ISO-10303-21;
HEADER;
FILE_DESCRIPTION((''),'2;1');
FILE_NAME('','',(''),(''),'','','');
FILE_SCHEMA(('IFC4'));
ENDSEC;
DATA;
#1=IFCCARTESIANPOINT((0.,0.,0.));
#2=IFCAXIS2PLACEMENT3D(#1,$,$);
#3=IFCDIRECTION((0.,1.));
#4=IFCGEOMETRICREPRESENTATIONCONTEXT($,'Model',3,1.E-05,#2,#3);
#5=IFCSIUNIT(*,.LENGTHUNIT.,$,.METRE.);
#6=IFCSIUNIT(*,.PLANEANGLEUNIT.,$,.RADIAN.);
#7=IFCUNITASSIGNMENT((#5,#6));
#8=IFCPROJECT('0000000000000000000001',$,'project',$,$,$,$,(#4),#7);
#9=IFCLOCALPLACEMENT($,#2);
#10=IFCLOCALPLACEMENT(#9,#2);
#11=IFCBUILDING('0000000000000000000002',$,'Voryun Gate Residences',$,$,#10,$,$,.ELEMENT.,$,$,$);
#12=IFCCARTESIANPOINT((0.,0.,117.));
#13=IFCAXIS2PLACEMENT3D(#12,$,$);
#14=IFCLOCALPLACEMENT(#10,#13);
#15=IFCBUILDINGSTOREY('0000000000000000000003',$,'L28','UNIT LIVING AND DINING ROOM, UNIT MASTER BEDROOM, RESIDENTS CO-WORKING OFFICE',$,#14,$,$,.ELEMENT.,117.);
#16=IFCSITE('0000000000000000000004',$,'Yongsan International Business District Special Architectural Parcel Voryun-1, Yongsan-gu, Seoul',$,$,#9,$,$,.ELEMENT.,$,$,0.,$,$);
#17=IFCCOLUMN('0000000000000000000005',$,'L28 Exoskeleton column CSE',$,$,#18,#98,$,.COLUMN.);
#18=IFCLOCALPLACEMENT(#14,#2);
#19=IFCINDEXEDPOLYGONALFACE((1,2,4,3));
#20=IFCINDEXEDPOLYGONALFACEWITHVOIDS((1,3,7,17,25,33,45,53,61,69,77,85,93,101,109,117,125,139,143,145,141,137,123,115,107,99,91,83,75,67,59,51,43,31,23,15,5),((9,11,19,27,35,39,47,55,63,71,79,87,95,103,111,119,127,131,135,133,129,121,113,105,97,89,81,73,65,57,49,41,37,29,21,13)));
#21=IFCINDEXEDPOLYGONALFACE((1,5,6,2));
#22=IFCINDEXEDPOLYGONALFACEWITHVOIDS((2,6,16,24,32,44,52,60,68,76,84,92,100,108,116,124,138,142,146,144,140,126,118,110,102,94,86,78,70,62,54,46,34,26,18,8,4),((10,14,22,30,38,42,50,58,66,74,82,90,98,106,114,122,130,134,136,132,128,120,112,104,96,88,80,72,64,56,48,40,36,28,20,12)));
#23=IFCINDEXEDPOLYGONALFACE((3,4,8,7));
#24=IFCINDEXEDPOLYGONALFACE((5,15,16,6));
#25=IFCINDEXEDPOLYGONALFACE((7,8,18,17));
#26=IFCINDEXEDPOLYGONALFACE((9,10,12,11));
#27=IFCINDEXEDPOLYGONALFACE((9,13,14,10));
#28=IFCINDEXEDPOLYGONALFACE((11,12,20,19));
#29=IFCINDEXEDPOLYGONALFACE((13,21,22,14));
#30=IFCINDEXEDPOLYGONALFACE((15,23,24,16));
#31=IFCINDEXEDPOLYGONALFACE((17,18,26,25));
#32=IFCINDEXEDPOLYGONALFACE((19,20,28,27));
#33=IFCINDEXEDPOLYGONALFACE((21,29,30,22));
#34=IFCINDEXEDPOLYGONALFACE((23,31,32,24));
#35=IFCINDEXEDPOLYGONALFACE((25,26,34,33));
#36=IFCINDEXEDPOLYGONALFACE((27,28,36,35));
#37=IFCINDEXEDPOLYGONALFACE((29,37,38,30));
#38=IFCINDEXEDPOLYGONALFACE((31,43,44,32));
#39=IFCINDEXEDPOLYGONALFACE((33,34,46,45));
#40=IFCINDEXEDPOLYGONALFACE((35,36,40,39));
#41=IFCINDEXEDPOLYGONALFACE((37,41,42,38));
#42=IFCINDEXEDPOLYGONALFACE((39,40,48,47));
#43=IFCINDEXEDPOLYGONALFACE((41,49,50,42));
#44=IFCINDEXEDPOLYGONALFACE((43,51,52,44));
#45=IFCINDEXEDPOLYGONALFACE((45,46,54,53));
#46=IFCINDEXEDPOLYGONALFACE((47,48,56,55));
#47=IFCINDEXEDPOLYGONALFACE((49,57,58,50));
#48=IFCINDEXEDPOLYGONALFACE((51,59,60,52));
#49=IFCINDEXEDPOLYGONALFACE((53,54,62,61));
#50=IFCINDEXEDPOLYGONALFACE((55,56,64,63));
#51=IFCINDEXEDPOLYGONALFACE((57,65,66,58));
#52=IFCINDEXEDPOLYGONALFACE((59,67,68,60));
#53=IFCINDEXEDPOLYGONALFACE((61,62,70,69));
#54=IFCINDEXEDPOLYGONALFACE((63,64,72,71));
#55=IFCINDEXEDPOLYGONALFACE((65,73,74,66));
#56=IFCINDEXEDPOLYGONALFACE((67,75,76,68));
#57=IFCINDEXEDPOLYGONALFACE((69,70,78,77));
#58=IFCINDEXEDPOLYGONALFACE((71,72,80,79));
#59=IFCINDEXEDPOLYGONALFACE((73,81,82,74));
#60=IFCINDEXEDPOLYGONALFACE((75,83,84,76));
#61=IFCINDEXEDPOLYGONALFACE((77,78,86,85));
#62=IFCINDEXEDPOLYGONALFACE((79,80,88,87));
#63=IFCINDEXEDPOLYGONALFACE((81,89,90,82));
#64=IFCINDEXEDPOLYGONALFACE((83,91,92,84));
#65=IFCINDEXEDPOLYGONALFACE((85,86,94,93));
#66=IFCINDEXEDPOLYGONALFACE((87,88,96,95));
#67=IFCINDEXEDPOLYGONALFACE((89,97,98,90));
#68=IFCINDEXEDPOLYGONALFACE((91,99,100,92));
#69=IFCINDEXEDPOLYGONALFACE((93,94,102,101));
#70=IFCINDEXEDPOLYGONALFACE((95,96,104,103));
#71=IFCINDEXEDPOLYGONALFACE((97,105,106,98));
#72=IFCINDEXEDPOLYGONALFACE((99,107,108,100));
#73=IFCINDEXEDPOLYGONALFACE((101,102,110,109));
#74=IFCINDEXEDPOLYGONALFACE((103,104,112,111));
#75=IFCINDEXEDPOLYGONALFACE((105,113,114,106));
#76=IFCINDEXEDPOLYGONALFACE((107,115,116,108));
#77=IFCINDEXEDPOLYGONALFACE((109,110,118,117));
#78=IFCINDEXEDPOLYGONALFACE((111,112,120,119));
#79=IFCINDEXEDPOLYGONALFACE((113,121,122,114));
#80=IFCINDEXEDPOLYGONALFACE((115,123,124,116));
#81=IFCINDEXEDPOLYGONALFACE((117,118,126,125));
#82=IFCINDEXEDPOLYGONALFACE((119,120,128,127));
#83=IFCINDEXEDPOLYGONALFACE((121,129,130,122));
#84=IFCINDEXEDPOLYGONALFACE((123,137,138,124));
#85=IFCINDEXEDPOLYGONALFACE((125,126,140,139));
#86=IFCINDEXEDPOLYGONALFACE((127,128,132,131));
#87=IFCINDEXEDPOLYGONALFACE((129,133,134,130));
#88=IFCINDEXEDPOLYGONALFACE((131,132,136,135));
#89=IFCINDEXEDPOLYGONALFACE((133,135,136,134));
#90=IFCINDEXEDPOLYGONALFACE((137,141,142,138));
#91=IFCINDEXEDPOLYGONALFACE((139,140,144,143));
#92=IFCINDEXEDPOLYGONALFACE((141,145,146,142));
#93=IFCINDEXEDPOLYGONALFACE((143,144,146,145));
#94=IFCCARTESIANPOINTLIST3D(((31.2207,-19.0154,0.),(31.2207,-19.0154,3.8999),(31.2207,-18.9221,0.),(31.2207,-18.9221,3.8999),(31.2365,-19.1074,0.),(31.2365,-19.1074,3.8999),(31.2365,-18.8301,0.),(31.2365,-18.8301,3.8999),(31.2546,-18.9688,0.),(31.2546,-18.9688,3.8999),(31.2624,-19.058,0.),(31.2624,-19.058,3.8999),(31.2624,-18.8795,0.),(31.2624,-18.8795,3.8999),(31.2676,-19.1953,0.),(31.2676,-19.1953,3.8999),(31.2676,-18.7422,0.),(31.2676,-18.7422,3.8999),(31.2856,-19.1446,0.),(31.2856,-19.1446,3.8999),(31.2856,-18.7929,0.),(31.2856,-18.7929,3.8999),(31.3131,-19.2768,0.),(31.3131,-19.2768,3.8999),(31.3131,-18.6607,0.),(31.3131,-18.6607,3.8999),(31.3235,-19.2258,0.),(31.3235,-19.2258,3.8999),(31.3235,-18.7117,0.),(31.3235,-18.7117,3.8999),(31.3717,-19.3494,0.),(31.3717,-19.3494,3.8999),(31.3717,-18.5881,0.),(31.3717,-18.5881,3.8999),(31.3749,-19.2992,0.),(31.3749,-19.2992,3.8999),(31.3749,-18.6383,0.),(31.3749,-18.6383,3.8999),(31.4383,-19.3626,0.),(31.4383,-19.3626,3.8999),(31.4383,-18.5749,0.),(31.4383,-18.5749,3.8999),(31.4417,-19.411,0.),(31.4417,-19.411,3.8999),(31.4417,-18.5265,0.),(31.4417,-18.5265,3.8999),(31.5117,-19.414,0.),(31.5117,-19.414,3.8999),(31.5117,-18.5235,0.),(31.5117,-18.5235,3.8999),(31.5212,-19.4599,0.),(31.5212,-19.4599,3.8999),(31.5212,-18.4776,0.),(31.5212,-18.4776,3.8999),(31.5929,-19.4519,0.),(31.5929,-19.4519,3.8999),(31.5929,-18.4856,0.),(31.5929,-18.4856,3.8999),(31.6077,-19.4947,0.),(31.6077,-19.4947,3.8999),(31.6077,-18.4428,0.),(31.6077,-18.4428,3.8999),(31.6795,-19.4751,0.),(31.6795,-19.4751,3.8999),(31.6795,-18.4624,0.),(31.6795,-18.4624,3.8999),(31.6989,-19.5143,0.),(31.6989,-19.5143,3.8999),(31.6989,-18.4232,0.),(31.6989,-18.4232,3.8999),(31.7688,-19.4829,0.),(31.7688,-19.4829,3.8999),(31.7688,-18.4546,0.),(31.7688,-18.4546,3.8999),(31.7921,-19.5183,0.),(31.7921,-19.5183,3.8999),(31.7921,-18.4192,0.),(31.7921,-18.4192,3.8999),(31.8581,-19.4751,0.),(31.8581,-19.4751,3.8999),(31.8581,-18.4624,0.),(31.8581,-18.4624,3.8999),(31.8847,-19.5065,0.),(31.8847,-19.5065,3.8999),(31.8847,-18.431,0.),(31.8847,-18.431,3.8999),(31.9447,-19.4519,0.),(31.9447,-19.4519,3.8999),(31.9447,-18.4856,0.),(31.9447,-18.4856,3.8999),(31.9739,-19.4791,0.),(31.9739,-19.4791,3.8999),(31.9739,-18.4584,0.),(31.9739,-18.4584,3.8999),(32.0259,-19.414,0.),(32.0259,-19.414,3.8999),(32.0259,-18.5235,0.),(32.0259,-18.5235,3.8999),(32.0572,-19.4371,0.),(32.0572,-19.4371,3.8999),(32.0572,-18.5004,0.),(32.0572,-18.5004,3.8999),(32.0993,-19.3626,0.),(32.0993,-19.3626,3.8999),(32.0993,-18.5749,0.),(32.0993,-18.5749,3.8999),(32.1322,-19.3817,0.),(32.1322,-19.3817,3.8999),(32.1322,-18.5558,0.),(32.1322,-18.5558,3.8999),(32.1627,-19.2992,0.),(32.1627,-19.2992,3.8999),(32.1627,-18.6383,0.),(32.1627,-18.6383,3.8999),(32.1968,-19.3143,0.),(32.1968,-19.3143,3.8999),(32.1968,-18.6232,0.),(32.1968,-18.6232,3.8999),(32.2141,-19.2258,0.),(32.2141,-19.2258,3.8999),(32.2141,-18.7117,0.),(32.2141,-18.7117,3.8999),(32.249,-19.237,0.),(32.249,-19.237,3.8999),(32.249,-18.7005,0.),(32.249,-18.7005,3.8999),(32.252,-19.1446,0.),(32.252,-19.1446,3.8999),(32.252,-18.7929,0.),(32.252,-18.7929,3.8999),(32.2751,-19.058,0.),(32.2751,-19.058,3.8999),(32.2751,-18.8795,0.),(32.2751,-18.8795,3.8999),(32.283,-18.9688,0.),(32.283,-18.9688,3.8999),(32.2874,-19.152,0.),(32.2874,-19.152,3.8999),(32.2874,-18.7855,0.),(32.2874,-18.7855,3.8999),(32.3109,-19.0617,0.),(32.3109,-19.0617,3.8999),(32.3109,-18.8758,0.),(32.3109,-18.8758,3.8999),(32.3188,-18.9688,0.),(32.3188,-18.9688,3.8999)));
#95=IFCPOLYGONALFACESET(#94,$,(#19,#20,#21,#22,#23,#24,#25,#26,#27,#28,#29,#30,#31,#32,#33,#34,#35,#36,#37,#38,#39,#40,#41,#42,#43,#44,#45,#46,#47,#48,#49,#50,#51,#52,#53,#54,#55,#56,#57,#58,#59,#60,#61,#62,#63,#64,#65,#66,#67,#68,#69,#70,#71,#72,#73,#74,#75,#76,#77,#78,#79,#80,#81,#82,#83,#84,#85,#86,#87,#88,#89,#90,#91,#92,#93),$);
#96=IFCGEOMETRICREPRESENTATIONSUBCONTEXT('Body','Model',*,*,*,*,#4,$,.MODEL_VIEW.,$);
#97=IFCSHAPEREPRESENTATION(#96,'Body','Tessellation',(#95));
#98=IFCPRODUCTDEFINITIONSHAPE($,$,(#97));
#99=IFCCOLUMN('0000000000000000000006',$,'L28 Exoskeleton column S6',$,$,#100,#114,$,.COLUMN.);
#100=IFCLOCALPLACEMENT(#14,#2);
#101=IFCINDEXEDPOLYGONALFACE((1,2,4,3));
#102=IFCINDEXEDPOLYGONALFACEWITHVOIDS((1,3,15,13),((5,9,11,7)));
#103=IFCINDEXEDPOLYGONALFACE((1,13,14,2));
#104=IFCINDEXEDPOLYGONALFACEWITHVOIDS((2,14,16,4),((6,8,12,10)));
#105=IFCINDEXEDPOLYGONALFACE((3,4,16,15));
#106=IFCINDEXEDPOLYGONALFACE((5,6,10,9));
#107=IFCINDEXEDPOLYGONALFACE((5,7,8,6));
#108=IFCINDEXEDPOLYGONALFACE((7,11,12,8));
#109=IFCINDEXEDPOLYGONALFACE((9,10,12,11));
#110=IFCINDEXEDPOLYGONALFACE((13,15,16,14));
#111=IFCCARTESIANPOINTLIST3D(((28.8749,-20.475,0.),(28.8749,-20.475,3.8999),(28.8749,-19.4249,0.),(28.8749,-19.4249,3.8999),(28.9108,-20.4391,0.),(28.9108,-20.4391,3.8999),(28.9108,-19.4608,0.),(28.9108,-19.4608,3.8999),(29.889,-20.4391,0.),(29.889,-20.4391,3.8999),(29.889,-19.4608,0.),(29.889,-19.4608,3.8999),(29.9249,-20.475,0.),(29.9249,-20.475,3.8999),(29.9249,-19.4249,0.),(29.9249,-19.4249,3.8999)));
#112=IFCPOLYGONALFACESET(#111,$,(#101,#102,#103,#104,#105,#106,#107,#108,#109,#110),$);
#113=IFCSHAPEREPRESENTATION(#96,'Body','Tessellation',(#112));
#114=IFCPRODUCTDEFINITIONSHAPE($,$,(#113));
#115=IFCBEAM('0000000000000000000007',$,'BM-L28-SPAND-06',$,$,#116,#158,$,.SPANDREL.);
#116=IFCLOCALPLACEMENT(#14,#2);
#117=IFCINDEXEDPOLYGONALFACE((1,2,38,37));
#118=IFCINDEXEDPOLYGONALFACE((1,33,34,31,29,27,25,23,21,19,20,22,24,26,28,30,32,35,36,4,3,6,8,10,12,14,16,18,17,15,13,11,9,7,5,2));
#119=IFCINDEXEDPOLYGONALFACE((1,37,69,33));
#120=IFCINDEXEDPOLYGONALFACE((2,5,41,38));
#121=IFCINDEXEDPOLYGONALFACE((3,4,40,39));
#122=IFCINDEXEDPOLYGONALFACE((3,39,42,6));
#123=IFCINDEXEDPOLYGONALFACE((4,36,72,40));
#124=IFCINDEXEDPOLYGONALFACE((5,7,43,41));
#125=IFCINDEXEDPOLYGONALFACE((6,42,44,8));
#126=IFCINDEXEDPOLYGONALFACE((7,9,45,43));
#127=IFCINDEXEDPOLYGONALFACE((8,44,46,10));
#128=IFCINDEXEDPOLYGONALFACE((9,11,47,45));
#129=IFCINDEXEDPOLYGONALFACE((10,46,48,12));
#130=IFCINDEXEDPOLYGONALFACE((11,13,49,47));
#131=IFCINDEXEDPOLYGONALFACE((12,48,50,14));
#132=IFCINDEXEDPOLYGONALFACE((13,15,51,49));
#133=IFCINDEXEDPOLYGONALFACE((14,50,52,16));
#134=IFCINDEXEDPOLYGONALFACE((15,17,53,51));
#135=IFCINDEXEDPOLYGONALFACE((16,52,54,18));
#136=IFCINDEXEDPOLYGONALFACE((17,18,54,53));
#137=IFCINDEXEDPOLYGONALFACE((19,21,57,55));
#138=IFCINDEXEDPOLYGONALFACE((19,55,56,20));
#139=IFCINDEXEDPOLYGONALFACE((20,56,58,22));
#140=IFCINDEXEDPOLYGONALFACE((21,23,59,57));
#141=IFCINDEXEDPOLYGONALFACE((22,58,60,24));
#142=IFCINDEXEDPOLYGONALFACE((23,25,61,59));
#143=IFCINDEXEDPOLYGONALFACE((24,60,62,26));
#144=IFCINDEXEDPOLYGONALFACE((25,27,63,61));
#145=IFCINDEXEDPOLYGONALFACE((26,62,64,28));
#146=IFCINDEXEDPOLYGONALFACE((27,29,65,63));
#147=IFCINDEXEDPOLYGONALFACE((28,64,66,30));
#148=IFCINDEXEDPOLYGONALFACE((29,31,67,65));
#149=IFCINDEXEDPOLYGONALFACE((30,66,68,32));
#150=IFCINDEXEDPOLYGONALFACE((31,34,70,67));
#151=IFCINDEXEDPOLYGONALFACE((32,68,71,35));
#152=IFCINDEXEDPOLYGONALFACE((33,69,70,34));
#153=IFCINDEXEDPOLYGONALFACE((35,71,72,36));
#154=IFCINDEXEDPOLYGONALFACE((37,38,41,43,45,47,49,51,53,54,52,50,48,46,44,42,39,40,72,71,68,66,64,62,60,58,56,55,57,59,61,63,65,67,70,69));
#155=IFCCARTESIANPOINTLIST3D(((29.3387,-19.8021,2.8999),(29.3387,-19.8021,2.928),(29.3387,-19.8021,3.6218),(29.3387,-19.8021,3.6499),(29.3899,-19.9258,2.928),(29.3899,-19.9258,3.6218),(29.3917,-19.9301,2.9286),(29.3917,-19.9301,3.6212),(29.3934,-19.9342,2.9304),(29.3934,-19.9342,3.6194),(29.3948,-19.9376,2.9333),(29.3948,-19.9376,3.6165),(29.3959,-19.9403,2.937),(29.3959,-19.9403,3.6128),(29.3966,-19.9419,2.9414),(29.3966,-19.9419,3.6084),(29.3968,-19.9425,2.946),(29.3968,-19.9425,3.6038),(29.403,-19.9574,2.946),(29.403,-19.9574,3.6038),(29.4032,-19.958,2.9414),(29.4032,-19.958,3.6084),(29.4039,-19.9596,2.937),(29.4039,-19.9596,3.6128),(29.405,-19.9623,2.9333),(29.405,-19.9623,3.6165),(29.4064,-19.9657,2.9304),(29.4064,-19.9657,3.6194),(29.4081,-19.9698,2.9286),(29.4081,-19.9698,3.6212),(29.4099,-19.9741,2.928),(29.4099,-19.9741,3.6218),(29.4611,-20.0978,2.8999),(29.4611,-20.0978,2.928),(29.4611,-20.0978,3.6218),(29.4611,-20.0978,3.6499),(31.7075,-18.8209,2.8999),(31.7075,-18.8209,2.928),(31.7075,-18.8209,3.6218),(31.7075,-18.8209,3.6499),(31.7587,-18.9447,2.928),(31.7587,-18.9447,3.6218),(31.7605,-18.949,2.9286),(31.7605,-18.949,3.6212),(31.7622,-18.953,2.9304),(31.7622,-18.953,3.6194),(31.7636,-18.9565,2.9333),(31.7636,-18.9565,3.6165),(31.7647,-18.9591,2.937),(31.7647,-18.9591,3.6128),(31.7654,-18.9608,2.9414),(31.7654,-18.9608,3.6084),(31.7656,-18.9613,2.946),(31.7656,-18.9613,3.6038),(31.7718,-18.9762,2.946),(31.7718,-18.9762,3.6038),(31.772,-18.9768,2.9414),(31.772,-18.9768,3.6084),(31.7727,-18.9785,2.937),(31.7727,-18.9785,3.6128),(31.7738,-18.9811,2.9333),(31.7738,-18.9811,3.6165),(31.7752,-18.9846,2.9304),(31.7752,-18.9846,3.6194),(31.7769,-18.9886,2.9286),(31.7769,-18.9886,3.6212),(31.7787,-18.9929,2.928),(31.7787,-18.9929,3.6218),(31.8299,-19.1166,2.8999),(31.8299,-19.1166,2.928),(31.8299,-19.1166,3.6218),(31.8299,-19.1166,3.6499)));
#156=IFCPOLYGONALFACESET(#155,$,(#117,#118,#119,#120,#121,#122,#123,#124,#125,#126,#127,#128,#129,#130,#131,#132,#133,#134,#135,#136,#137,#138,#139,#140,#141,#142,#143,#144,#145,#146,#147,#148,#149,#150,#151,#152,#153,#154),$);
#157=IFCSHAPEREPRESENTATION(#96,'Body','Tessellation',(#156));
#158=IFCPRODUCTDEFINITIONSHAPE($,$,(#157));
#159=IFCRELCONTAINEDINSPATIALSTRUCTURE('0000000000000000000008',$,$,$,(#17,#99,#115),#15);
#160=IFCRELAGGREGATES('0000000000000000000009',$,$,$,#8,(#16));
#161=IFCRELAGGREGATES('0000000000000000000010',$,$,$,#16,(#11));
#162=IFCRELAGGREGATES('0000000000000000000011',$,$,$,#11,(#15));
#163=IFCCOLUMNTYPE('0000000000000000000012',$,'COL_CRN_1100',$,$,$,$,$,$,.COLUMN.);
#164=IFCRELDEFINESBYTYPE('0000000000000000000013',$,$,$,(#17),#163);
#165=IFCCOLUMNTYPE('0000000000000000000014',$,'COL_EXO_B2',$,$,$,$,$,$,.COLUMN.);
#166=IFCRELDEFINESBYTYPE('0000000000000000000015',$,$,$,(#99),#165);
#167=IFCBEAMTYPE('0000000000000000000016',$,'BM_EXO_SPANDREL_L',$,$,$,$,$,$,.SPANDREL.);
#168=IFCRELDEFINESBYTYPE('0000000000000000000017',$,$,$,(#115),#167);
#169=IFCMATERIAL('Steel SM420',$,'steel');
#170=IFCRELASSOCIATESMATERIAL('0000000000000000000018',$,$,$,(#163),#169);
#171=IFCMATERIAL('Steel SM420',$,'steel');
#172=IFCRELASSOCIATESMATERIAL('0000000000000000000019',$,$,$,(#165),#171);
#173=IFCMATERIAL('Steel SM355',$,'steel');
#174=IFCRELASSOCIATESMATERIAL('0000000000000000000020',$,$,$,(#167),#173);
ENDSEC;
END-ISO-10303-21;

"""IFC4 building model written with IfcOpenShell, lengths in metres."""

from ifc_helpers import new_model, si_unit, direction, frame, origin, origin_2d, place, context, subcontext, project, spatial, hollow_rectangle, hollow_circle, i_section, extrude, material, material_profile, profile_set, type_object, element, save


model = new_model("IFC4")

# Units and contexts
model_context = context("Model", 3, precision=1e-05, world=origin(), true_north=direction((0.0, 1.0)))
body_context = subcontext(model_context, "Body", "Model", "MODEL_VIEW")
ifc_project = project(units=[si_unit("LENGTHUNIT", "METRE"), si_unit("PLANEANGLEUNIT", "RADIAN")], contexts=[model_context])

# Site, building, storey
site_placement = place(None, origin())
site = spatial("IfcSite", under=ifc_project, at=site_placement, Name="Yongsan International Business District Special Architectural Parcel Voryun-1, Yongsan-gu, Seoul", CompositionType="ELEMENT", RefElevation=0.0)
building_placement = place(site_placement, origin())
building = spatial("IfcBuilding", under=site, at=building_placement, Name="Voryun Gate Residences", CompositionType="ELEMENT")
storey_placement = place(building_placement, frame((0.0, 0.0, 117.0)))
storey = spatial("IfcBuildingStorey", under=building, at=storey_placement, Name="L28", Description="UNIT LIVING AND DINING ROOM, UNIT MASTER BEDROOM, RESIDENTS CO-WORKING OFFICE", CompositionType="ELEMENT", Elevation=117.0)

# Columns
ifc_material_1 = material(Name="Steel SM420", Category="steel")
ifc_material_profile_1 = material_profile(ifc_material_1, hollow_circle(Radius=0.55, WallThickness=0.0359, at=origin_2d()), Name="CHS-1100x36")
ifc_profile_set_1 = profile_set([ifc_material_profile_1], Name="Steel SM420")
column_type_1 = type_object("IfcColumnType", Name="COL_CRN_1100", PredefinedType="COLUMN", material=ifc_profile_set_1)
column_1_placement = place(storey_placement, frame((31.7688, -18.9688, 0.0), z_axis=(0.0, 0.0, 1.0), x_axis=(1.0, 0.0, 0.0)))
element("IfcColumn", 1, at=column_1_placement, inside=storey, type_object=column_type_1, Name="L28 Exoskeleton column CSE", PredefinedType="COLUMN", context=body_context, shape_type="SweptSolid", body=[
    extrude(hollow_circle(Radius=0.55, WallThickness=0.0359, at=origin_2d()), origin(), (0.0, 0.0, 1.0), 3.8999),
])
ifc_material_2 = material(Name="Steel SM420", Category="steel")
ifc_material_profile_2 = material_profile(ifc_material_2, hollow_rectangle(XDim=1.05, YDim=1.05, WallThickness=0.0359, at=origin_2d()), Name="BOX-1050x1050x36")
ifc_profile_set_2 = profile_set([ifc_material_profile_2], Name="Steel SM420")
column_type_2 = type_object("IfcColumnType", Name="COL_EXO_B2", PredefinedType="COLUMN", material=ifc_profile_set_2)
column_2_placement = place(storey_placement, frame((29.3999, -19.95, 0.0), z_axis=(0.0, 0.0, 1.0), x_axis=(1.0, 0.0, 0.0)))
element("IfcColumn", 2, at=column_2_placement, inside=storey, type_object=column_type_2, Name="L28 Exoskeleton column S6", PredefinedType="COLUMN", context=body_context, shape_type="SweptSolid", body=[
    extrude(hollow_rectangle(XDim=1.05, YDim=1.05, WallThickness=0.0359, at=origin_2d()), origin(), (0.0, 0.0, 1.0), 3.8999),
])

# Beam
ifc_material_3 = material(Name="Steel SM355", Category="steel")
ifc_material_profile_3 = material_profile(ifc_material_3, i_section(OverallWidth=0.3201, OverallDepth=0.75, WebThickness=0.0161, FlangeThickness=0.0281, FilletRadius=0.0181, at=origin_2d()), Name="H-750x320x16x28")
ifc_profile_set_3 = profile_set([ifc_material_profile_3], Name="Steel SM355")
beam_type = type_object("IfcBeamType", Name="BM_EXO_SPANDREL_L", PredefinedType="SPANDREL", material=ifc_profile_set_3)
beam_1_placement = place(storey_placement, frame((29.3999, -19.95, 3.2749), z_axis=(0.923883, 0.382674, 0.0), x_axis=(-0.382674, 0.923883, 0.0)))
element("IfcBeam", 3, at=beam_1_placement, inside=storey, type_object=beam_type, Name="BM-L28-SPAND-06", PredefinedType="SPANDREL", context=body_context, shape_type="SweptSolid", body=[
    extrude(i_section(OverallWidth=0.3201, OverallDepth=0.75, WebThickness=0.0161, FlangeThickness=0.0281, FilletRadius=0.0181, at=origin_2d()), origin(), (0.0, 0.0, 1.0), 2.564),
])

save(model, "model.ifc")
